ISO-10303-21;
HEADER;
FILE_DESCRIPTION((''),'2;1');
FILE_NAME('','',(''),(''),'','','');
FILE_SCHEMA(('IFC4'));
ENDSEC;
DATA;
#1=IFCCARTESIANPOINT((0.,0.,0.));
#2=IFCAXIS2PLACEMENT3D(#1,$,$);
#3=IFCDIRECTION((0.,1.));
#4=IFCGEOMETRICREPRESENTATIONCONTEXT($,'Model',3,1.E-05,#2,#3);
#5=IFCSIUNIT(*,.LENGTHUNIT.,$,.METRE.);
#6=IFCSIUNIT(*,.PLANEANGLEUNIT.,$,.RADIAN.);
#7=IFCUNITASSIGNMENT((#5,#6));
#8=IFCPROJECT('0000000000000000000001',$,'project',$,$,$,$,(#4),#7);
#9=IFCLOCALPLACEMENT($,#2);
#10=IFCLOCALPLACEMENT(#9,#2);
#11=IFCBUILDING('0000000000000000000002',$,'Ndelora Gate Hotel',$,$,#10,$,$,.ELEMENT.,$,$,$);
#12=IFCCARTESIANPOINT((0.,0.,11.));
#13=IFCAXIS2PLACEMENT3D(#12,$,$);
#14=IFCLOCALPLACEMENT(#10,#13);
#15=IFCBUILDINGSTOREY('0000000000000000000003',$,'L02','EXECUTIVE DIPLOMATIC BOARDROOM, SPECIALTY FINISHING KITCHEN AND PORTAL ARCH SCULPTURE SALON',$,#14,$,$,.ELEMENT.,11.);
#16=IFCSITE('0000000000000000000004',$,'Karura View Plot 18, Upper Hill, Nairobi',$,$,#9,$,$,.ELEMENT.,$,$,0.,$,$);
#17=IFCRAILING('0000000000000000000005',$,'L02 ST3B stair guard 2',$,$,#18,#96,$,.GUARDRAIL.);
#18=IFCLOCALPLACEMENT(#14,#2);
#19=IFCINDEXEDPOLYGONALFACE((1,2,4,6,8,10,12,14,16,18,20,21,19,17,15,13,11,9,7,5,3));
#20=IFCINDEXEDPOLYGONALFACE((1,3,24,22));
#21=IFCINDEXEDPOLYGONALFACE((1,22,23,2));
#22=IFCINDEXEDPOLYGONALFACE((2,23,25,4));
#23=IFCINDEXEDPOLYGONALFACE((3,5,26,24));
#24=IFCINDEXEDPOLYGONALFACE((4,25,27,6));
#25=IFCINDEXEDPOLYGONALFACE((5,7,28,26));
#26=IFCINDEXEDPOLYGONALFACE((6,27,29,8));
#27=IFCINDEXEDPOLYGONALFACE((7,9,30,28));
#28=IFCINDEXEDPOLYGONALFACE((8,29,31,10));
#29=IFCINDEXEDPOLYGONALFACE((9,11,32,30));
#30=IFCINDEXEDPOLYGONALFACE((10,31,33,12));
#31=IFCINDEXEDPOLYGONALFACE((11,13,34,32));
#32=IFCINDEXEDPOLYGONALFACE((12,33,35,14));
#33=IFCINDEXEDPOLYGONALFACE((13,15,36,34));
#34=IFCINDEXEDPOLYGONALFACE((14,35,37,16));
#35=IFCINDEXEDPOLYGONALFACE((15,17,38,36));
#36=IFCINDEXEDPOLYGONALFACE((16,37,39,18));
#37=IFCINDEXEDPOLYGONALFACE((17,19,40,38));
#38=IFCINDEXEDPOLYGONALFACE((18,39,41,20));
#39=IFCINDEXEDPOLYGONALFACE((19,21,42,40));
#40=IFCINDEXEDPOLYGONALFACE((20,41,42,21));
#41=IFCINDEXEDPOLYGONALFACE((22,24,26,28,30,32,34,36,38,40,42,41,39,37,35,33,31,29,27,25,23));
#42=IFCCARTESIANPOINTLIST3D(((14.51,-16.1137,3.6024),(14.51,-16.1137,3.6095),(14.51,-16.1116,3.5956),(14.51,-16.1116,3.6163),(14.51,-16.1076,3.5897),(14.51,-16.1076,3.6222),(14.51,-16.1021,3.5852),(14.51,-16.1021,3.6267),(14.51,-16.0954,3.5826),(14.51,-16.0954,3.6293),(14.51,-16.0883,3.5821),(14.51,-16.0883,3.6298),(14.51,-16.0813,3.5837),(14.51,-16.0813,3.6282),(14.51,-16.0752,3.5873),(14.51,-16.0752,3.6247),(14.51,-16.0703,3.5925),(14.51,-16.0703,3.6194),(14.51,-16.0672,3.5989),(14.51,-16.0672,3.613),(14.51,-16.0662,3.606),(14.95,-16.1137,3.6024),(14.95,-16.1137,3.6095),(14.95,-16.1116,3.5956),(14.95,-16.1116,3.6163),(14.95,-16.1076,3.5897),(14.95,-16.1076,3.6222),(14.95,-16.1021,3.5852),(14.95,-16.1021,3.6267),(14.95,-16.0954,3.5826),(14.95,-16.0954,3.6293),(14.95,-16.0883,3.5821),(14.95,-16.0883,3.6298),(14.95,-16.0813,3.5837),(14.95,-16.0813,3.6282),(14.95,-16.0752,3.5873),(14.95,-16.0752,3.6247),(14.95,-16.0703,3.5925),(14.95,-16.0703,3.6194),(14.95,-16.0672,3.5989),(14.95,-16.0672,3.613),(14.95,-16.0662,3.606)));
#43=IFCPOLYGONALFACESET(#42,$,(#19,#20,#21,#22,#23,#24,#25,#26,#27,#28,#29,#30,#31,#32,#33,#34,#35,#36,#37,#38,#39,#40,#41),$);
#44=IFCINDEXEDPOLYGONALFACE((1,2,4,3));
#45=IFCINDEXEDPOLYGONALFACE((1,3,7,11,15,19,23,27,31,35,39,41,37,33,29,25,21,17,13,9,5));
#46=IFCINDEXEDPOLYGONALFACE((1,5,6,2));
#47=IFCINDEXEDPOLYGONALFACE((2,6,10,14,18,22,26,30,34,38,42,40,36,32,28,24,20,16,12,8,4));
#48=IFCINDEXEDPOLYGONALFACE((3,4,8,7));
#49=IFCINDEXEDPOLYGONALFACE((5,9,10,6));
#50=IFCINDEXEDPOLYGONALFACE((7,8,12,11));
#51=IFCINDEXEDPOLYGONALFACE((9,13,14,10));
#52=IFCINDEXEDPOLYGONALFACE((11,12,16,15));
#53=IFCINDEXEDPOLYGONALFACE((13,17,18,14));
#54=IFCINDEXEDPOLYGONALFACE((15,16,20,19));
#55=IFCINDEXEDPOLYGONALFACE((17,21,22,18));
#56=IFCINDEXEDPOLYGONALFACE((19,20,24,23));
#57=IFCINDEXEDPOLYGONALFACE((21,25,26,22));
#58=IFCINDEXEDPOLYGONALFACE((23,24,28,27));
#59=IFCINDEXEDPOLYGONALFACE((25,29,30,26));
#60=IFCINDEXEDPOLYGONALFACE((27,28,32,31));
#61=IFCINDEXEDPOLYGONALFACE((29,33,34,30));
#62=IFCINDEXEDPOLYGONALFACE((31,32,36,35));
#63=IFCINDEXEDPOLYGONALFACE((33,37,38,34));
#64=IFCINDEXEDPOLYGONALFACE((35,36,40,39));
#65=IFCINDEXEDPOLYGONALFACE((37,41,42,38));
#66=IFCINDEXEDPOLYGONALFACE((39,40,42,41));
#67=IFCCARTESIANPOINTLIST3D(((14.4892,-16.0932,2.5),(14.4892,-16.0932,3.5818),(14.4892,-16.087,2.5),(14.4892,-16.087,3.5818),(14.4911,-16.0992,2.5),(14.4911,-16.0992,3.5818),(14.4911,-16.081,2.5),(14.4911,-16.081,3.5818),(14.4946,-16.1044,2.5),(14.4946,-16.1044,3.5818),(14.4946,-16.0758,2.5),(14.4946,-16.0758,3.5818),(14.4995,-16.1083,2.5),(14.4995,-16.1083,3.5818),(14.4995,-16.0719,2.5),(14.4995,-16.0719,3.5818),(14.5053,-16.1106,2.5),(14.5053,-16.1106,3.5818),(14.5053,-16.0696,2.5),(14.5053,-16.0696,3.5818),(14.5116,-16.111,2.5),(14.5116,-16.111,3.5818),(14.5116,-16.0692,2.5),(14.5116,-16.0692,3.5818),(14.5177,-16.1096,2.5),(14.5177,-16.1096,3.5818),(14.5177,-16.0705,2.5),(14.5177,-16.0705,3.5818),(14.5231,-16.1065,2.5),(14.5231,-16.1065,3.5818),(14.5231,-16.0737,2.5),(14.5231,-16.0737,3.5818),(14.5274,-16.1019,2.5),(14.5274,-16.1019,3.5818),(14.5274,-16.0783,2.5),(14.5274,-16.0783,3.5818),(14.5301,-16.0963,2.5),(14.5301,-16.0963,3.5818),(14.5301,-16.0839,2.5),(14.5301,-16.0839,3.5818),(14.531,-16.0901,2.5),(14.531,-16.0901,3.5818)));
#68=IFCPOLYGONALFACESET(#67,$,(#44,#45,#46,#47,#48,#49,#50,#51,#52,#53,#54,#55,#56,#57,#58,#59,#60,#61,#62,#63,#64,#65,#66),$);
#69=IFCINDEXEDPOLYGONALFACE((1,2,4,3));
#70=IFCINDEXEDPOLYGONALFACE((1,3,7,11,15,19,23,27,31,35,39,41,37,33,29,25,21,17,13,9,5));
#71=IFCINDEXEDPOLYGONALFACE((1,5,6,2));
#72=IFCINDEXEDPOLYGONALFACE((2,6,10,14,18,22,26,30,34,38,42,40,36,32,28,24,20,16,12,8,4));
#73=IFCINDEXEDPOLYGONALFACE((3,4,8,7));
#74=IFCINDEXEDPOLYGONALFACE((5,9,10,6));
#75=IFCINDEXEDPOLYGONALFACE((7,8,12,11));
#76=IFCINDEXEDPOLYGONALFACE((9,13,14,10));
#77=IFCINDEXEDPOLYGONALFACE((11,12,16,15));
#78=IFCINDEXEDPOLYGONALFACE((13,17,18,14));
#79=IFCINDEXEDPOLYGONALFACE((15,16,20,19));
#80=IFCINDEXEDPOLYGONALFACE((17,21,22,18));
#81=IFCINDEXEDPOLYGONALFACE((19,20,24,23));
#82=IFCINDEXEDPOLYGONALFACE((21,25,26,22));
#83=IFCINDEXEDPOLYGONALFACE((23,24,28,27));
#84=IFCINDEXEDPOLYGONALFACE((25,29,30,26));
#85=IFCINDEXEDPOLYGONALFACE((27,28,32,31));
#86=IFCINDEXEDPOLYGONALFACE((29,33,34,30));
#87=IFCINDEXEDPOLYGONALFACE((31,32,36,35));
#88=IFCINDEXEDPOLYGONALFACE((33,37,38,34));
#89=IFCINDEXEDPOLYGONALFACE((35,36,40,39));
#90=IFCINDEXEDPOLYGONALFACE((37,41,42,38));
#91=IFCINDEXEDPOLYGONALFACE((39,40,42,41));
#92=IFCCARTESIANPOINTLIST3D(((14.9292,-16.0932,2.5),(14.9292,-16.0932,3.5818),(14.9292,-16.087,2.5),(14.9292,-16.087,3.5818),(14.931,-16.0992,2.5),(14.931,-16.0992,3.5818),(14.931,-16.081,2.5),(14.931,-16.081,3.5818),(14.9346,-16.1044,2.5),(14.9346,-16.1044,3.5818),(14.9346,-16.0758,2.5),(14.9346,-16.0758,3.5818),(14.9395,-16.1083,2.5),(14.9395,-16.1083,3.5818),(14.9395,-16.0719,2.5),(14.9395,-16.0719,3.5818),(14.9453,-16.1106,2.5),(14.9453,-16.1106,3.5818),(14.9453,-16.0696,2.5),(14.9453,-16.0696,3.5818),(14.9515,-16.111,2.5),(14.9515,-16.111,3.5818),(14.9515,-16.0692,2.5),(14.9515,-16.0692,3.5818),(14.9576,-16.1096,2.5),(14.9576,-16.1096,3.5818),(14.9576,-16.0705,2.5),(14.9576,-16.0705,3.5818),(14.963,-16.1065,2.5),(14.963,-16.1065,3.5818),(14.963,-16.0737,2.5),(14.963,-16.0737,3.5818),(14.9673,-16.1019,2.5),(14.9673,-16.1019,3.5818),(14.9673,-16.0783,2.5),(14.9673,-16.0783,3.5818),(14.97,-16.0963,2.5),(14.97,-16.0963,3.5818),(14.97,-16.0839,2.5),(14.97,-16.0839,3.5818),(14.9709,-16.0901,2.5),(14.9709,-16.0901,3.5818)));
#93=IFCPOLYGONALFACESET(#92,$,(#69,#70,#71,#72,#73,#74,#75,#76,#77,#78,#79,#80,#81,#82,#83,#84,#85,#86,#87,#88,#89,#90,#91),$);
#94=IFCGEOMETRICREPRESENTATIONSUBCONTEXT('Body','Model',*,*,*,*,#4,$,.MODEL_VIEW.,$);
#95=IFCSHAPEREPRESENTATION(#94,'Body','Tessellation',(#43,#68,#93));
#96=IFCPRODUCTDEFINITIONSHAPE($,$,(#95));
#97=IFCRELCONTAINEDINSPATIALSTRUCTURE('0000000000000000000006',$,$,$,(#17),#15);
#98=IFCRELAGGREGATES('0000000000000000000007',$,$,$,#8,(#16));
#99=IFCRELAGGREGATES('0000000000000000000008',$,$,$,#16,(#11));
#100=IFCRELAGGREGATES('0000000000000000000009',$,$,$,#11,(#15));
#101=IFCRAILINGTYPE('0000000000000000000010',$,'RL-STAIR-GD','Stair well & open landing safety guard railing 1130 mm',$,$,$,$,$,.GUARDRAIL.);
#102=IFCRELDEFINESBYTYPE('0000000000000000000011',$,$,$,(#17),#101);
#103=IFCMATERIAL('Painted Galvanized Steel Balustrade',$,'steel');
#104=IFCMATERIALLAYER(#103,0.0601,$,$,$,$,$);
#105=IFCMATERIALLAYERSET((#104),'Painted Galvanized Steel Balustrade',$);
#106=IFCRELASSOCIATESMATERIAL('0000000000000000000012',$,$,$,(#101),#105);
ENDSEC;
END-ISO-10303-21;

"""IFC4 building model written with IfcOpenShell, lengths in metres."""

from ifc_helpers import new_model, si_unit, direction, frame, origin, origin_2d, place, context, subcontext, project, spatial, circle, extrude, material, layer, layer_set, type_object, element, save


model = new_model("IFC4")

# Units and contexts
model_context = context("Model", 3, precision=1e-05, world=origin(), true_north=direction((0.0, 1.0)))
body_context = subcontext(model_context, "Body", "Model", "MODEL_VIEW")
ifc_project = project(units=[si_unit("LENGTHUNIT", "METRE"), si_unit("PLANEANGLEUNIT", "RADIAN")], contexts=[model_context])

# Site, building, storey
site_placement = place(None, origin())
site = spatial("IfcSite", under=ifc_project, at=site_placement, Name="Karura View Plot 18, Upper Hill, Nairobi", CompositionType="ELEMENT", RefElevation=0.0)
building_placement = place(site_placement, origin())
building = spatial("IfcBuilding", under=site, at=building_placement, Name="Ndelora Gate Hotel", CompositionType="ELEMENT")
storey_placement = place(building_placement, frame((0.0, 0.0, 11.0)))
storey = spatial("IfcBuildingStorey", under=building, at=storey_placement, Name="L02", Description="EXECUTIVE DIPLOMATIC BOARDROOM, SPECIALTY FINISHING KITCHEN AND PORTAL ARCH SCULPTURE SALON", CompositionType="ELEMENT", Elevation=11.0)

# Railing
ifc_material_1 = material(Name="Painted Galvanized Steel Balustrade", Category="steel")
ifc_layer_1 = layer(ifc_material_1, 0.0601)
ifc_layer_set_1 = layer_set([ifc_layer_1], Name="Painted Galvanized Steel Balustrade")
railing_type_1 = type_object("IfcRailingType", Name="RL-STAIR-GD", Description="Stair well & open landing safety guard railing 1130 mm", PredefinedType="GUARDRAIL", material=ifc_layer_set_1)
railing_1_placement = place(storey_placement, frame((14.51, -16.0901, 2.5)))
element("IfcRailing", 1, at=railing_1_placement, inside=storey, type_object=railing_type_1, Name="L02 ST3B stair guard 2", PredefinedType="GUARDRAIL", context=body_context, shape_type="SweptSolid", body=[
    extrude(circle(Radius=0.0239, at=origin_2d()), frame((0.0, 0.0, 1.106), z_axis=(1.0, 0.0, 0.0), x_axis=(0.0, 1.0, 0.0)), (0.0, 0.0, 1.0), 0.4399),
    extrude(circle(Radius=0.021, at=origin_2d()), origin(), (0.0, 0.0, 1.0), 1.0818),
    extrude(circle(Radius=0.021, at=origin_2d()), frame((0.4399, 0.0, 0.0)), (0.0, 0.0, 1.0), 1.0818),
])

save(model, "model.ifc")
